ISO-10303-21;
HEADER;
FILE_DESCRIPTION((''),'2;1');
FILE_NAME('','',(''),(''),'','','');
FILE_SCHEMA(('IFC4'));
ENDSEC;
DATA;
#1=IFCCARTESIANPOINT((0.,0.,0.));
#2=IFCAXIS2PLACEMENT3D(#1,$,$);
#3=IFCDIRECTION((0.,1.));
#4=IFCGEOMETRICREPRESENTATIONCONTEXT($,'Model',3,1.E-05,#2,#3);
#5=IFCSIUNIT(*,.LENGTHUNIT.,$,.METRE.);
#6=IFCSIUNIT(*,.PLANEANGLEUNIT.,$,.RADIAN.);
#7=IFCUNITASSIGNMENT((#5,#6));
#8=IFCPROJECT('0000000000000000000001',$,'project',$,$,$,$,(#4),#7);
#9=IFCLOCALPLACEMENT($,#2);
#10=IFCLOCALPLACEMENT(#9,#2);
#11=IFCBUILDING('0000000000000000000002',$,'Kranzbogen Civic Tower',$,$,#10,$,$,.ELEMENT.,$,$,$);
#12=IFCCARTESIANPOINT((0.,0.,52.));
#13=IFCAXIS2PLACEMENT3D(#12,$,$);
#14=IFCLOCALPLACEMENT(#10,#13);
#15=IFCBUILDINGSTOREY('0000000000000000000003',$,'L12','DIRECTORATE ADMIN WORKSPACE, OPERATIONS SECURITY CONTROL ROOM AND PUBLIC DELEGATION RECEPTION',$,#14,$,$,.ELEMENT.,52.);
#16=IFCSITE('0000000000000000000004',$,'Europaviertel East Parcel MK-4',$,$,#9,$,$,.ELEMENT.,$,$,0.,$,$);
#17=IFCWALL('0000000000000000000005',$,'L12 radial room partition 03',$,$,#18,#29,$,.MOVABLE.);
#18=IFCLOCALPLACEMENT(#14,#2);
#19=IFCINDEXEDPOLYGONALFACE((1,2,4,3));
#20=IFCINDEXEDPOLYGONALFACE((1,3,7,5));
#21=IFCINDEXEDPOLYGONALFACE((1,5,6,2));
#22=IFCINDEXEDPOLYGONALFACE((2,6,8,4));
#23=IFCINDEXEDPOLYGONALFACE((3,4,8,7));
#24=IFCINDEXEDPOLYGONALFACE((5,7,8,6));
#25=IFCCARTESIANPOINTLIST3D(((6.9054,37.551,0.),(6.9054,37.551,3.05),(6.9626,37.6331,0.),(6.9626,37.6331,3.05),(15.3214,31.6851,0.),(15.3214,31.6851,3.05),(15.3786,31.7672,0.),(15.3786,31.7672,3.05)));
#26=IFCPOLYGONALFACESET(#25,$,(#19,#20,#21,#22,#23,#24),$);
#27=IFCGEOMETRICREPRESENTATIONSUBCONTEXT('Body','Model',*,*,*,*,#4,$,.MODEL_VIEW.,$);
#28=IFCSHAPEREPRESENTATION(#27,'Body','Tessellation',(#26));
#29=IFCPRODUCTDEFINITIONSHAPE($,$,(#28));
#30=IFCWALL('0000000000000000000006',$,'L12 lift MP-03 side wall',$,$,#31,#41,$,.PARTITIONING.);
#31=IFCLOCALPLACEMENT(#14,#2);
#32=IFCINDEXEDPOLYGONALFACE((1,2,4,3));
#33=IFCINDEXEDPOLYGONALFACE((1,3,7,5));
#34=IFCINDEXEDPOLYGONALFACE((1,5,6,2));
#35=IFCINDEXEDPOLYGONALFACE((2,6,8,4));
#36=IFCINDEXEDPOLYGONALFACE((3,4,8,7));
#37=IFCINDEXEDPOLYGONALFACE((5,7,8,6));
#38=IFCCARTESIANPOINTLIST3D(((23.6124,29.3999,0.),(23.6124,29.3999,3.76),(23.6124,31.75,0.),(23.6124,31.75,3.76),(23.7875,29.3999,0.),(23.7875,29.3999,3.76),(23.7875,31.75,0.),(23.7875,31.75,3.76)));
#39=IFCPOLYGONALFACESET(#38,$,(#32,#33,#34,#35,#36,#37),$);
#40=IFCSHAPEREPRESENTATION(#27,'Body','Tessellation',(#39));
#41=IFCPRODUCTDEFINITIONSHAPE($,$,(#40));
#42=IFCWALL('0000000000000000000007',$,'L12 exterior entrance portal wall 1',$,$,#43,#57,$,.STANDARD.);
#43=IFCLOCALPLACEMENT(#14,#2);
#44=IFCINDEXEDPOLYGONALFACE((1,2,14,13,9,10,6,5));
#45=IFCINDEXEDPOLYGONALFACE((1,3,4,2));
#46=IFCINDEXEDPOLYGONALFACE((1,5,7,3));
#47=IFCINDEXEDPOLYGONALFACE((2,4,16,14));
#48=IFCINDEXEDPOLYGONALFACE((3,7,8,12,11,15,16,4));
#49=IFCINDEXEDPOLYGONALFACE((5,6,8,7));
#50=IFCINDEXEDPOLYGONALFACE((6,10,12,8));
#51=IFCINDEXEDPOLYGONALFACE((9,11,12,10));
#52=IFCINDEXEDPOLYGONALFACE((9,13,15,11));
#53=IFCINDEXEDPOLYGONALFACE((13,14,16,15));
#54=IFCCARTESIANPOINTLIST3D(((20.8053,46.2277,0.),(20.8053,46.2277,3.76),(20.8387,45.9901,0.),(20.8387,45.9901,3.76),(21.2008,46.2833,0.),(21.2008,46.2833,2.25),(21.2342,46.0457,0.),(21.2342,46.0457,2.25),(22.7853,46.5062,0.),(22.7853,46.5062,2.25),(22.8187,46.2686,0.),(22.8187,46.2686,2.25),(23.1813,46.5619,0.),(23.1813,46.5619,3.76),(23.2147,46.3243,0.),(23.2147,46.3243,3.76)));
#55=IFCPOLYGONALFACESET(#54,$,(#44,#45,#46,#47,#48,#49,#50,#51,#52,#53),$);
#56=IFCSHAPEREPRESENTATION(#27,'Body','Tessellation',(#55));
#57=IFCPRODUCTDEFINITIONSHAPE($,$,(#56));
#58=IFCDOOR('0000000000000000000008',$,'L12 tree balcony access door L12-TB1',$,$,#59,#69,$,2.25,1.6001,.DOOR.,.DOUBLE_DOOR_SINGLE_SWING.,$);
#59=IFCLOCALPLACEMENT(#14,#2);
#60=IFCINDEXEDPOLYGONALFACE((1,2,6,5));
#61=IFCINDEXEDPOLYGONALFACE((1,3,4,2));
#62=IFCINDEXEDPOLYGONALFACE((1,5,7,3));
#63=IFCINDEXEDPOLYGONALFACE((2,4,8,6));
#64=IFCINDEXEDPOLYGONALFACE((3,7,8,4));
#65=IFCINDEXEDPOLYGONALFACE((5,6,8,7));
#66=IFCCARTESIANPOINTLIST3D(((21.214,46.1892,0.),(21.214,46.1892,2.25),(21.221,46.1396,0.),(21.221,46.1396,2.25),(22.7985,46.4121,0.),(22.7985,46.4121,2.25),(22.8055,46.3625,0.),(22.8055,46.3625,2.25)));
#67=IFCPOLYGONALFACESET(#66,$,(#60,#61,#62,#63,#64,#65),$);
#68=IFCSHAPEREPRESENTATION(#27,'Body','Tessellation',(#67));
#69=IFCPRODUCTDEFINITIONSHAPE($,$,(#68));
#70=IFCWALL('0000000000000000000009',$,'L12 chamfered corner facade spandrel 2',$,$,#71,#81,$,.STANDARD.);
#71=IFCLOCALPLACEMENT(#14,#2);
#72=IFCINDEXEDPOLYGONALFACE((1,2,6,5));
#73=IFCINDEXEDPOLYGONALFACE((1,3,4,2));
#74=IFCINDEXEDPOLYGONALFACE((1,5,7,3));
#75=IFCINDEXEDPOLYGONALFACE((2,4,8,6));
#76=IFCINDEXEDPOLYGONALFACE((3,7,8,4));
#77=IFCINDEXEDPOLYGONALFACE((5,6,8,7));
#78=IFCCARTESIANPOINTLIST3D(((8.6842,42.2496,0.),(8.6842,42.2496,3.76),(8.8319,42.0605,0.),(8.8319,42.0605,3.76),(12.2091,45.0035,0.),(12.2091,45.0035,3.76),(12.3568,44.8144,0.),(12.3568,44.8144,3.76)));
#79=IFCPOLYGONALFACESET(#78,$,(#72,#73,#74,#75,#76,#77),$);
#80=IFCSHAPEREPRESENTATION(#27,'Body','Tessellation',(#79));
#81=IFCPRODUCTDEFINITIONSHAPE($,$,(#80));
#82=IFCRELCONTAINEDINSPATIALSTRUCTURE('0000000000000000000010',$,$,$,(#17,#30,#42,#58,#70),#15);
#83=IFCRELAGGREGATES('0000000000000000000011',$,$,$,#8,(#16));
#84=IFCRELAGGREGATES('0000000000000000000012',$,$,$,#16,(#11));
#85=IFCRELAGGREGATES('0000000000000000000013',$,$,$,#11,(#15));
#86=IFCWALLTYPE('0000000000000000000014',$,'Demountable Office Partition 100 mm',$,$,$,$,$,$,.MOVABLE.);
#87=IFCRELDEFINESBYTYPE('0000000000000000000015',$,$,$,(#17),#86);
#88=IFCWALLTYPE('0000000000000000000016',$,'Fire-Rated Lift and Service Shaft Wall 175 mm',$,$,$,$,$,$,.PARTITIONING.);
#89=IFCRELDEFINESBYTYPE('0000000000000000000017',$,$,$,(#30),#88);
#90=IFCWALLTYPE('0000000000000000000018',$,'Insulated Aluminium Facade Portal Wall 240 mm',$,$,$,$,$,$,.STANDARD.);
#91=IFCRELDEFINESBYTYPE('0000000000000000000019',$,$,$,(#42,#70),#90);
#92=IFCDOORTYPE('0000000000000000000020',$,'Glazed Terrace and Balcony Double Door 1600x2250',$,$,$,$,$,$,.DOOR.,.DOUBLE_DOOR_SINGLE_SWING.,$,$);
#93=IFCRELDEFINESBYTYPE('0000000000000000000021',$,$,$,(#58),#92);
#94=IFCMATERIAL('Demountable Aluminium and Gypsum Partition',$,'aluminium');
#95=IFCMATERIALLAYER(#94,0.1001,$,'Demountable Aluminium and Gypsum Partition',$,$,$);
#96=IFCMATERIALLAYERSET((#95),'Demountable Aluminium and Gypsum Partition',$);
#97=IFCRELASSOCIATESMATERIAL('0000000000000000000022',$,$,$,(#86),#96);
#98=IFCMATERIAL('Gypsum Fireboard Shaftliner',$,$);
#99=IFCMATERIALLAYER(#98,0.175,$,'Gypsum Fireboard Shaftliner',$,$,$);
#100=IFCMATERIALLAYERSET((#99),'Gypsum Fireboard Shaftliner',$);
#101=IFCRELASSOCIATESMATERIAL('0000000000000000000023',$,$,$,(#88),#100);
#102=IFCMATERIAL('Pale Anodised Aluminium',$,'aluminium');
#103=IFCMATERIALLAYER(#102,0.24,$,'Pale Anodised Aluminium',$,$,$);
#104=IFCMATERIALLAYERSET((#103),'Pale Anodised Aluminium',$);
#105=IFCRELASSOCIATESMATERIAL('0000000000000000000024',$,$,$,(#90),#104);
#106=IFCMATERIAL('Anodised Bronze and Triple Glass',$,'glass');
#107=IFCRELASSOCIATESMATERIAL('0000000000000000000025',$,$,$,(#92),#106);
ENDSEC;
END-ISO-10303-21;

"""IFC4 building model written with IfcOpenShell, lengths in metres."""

from ifc_helpers import new_model, si_unit, direction, frame, frame_2d, origin, place, context, subcontext, project, spatial, rectangle, extrude, material, layer, layer_set, type_object, element, fill, save


model = new_model("IFC4")

# Units and contexts
model_context = context("Model", 3, precision=1e-05, world=origin(), true_north=direction((0.0, 1.0)))
body_context = subcontext(model_context, "Body", "Model", "MODEL_VIEW")
ifc_project = project(units=[si_unit("LENGTHUNIT", "METRE"), si_unit("PLANEANGLEUNIT", "RADIAN")], contexts=[model_context])

# Site, building, storey
site_placement = place(None, origin())
site = spatial("IfcSite", under=ifc_project, at=site_placement, Name="Europaviertel East Parcel MK-4", CompositionType="ELEMENT", RefElevation=0.0)
building_placement = place(site_placement, origin())
building = spatial("IfcBuilding", under=site, at=building_placement, Name="Kranzbogen Civic Tower", CompositionType="ELEMENT")
storey_placement = place(building_placement, frame((0.0, 0.0, 52.0)))
storey = spatial("IfcBuildingStorey", under=building, at=storey_placement, Name="L12", Description="DIRECTORATE ADMIN WORKSPACE, OPERATIONS SECURITY CONTROL ROOM AND PUBLIC DELEGATION RECEPTION", CompositionType="ELEMENT", Elevation=52.0)

# Shared definitions
ifc_material_1 = material(Name="Pale Anodised Aluminium", Category="aluminium")

# Walls
ifc_material_2 = material(Name="Demountable Aluminium and Gypsum Partition", Category="aluminium")
ifc_layer_1 = layer(ifc_material_2, 0.1001, Name="Demountable Aluminium and Gypsum Partition")
ifc_layer_set_1 = layer_set([ifc_layer_1], Name="Demountable Aluminium and Gypsum Partition")
wall_type_1 = type_object("IfcWallType", Name="Demountable Office Partition 100 mm", PredefinedType="MOVABLE", material=ifc_layer_set_1)
wall_1_placement = place(storey_placement, frame((15.3501, 31.7261, 0.0), z_axis=(0.0, 0.0, 1.0), x_axis=(-0.820386, 0.57181, 0.0)))
element("IfcWall", 1, at=wall_1_placement, inside=storey, type_object=wall_type_1, Name="L12 radial room partition 03", PredefinedType="MOVABLE", context=body_context, shape_type="SweptSolid", body=[
    extrude(rectangle(XDim=10.2585, YDim=0.1001, at=frame_2d((5.1294, 0.0))), origin(), (0.0, 0.0, 1.0), 3.05),
])
ifc_material_3 = material(Name="Gypsum Fireboard Shaftliner")
ifc_layer_2 = layer(ifc_material_3, 0.175, Name="Gypsum Fireboard Shaftliner")
ifc_layer_set_2 = layer_set([ifc_layer_2], Name="Gypsum Fireboard Shaftliner")
wall_type_2 = type_object("IfcWallType", Name="Fire-Rated Lift and Service Shaft Wall 175 mm", PredefinedType="PARTITIONING", material=ifc_layer_set_2)
wall_2_placement = place(storey_placement, frame((23.7, 29.3999, 0.0), z_axis=(0.0, 0.0, 1.0), x_axis=(0.0, 1.0, 0.0)))
element("IfcWall", 2, at=wall_2_placement, inside=storey, type_object=wall_type_2, Name="L12 lift MP-03 side wall", PredefinedType="PARTITIONING", context=body_context, shape_type="SweptSolid", body=[
    extrude(rectangle(XDim=2.3501, YDim=0.175, at=frame_2d((1.175, 0.0))), origin(), (0.0, 0.0, 1.0), 3.76),
])

# Wall, opening, door
ifc_layer_3 = layer(ifc_material_1, 0.24, Name="Pale Anodised Aluminium")
ifc_layer_set_3 = layer_set([ifc_layer_3], Name="Pale Anodised Aluminium")
wall_type_3 = type_object("IfcWallType", Name="Insulated Aluminium Facade Portal Wall 240 mm", PredefinedType="STANDARD", material=ifc_layer_set_3)
wall_3_placement = place(storey_placement, frame((23.198, 46.4431, 0.0), z_axis=(0.0, 0.0, 1.0), x_axis=(-0.99025, -0.139298, 0.0)))
wall_3 = element("IfcWall", 3, at=wall_3_placement, inside=storey, type_object=wall_type_3, Name="L12 exterior entrance portal wall 1", PredefinedType="STANDARD", context=body_context, shape_type="SweptSolid", body=[
    extrude(rectangle(XDim=2.3994, YDim=0.24, at=frame_2d((1.1997, 0.0))), origin(), (0.0, 0.0, 1.0), 3.76),
])
opening_1_placement = place(wall_3_placement, frame((0.3999, 0.0, 0.0)))
opening_1 = element("IfcOpeningElement", 4, at=opening_1_placement, cuts=wall_3, PredefinedType="OPENING", context=body_context, shape_type="SweptSolid", body=[
    extrude(rectangle(XDim=1.6001, YDim=2.25, at=frame_2d((0.8, 1.125))), frame((0.0, 0.1299, 0.0), z_axis=(0.0, -1.0, 0.0), x_axis=(1.0, 0.0, 0.0)), (0.0, 0.0, 1.0), 0.26),
])
ifc_material_4 = material(Name="Anodised Bronze and Triple Glass", Category="glass")
door_type_1 = type_object("IfcDoorType", Name="Glazed Terrace and Balcony Double Door 1600x2250", OperationType="DOUBLE_DOOR_SINGLE_SWING", PredefinedType="DOOR", material=ifc_material_4)
door_1_placement = place(opening_1_placement, frame((1.6001, 0.0, 0.0), z_axis=(0.0, 0.0, 1.0), x_axis=(-1.0, 0.0, 0.0)))
door_1 = element("IfcDoor", 5, at=door_1_placement, inside=storey, type_object=door_type_1, Name="L12 tree balcony access door L12-TB1", OperationType="DOUBLE_DOOR_SINGLE_SWING", OverallHeight=2.25, OverallWidth=1.6001, PredefinedType="DOOR", context=body_context, shape_type="SweptSolid", body=[
    extrude(rectangle(XDim=1.6001, YDim=2.25, at=frame_2d((0.8, 1.125))), frame((0.0, 0.0249, 0.0), z_axis=(0.0, -1.0, 0.0), x_axis=(1.0, 0.0, 0.0)), (0.0, 0.0, 1.0), 0.05),
])
fill(opening_1, door_1)

# Wall
wall_4_placement = place(storey_placement, frame((12.283, 44.9089, 0.0), z_axis=(0.0, 0.0, 1.0), x_axis=(-0.788016, -0.615655, 0.0)))
element("IfcWall", 6, at=wall_4_placement, inside=storey, type_object=wall_type_3, Name="L12 chamfered corner facade spandrel 2", PredefinedType="STANDARD", context=body_context, shape_type="SweptSolid", body=[
    extrude(rectangle(XDim=4.4731, YDim=0.24, at=frame_2d((2.2366, 0.0))), origin(), (0.0, 0.0, 1.0), 3.76),
])

save(model, "model.ifc")
